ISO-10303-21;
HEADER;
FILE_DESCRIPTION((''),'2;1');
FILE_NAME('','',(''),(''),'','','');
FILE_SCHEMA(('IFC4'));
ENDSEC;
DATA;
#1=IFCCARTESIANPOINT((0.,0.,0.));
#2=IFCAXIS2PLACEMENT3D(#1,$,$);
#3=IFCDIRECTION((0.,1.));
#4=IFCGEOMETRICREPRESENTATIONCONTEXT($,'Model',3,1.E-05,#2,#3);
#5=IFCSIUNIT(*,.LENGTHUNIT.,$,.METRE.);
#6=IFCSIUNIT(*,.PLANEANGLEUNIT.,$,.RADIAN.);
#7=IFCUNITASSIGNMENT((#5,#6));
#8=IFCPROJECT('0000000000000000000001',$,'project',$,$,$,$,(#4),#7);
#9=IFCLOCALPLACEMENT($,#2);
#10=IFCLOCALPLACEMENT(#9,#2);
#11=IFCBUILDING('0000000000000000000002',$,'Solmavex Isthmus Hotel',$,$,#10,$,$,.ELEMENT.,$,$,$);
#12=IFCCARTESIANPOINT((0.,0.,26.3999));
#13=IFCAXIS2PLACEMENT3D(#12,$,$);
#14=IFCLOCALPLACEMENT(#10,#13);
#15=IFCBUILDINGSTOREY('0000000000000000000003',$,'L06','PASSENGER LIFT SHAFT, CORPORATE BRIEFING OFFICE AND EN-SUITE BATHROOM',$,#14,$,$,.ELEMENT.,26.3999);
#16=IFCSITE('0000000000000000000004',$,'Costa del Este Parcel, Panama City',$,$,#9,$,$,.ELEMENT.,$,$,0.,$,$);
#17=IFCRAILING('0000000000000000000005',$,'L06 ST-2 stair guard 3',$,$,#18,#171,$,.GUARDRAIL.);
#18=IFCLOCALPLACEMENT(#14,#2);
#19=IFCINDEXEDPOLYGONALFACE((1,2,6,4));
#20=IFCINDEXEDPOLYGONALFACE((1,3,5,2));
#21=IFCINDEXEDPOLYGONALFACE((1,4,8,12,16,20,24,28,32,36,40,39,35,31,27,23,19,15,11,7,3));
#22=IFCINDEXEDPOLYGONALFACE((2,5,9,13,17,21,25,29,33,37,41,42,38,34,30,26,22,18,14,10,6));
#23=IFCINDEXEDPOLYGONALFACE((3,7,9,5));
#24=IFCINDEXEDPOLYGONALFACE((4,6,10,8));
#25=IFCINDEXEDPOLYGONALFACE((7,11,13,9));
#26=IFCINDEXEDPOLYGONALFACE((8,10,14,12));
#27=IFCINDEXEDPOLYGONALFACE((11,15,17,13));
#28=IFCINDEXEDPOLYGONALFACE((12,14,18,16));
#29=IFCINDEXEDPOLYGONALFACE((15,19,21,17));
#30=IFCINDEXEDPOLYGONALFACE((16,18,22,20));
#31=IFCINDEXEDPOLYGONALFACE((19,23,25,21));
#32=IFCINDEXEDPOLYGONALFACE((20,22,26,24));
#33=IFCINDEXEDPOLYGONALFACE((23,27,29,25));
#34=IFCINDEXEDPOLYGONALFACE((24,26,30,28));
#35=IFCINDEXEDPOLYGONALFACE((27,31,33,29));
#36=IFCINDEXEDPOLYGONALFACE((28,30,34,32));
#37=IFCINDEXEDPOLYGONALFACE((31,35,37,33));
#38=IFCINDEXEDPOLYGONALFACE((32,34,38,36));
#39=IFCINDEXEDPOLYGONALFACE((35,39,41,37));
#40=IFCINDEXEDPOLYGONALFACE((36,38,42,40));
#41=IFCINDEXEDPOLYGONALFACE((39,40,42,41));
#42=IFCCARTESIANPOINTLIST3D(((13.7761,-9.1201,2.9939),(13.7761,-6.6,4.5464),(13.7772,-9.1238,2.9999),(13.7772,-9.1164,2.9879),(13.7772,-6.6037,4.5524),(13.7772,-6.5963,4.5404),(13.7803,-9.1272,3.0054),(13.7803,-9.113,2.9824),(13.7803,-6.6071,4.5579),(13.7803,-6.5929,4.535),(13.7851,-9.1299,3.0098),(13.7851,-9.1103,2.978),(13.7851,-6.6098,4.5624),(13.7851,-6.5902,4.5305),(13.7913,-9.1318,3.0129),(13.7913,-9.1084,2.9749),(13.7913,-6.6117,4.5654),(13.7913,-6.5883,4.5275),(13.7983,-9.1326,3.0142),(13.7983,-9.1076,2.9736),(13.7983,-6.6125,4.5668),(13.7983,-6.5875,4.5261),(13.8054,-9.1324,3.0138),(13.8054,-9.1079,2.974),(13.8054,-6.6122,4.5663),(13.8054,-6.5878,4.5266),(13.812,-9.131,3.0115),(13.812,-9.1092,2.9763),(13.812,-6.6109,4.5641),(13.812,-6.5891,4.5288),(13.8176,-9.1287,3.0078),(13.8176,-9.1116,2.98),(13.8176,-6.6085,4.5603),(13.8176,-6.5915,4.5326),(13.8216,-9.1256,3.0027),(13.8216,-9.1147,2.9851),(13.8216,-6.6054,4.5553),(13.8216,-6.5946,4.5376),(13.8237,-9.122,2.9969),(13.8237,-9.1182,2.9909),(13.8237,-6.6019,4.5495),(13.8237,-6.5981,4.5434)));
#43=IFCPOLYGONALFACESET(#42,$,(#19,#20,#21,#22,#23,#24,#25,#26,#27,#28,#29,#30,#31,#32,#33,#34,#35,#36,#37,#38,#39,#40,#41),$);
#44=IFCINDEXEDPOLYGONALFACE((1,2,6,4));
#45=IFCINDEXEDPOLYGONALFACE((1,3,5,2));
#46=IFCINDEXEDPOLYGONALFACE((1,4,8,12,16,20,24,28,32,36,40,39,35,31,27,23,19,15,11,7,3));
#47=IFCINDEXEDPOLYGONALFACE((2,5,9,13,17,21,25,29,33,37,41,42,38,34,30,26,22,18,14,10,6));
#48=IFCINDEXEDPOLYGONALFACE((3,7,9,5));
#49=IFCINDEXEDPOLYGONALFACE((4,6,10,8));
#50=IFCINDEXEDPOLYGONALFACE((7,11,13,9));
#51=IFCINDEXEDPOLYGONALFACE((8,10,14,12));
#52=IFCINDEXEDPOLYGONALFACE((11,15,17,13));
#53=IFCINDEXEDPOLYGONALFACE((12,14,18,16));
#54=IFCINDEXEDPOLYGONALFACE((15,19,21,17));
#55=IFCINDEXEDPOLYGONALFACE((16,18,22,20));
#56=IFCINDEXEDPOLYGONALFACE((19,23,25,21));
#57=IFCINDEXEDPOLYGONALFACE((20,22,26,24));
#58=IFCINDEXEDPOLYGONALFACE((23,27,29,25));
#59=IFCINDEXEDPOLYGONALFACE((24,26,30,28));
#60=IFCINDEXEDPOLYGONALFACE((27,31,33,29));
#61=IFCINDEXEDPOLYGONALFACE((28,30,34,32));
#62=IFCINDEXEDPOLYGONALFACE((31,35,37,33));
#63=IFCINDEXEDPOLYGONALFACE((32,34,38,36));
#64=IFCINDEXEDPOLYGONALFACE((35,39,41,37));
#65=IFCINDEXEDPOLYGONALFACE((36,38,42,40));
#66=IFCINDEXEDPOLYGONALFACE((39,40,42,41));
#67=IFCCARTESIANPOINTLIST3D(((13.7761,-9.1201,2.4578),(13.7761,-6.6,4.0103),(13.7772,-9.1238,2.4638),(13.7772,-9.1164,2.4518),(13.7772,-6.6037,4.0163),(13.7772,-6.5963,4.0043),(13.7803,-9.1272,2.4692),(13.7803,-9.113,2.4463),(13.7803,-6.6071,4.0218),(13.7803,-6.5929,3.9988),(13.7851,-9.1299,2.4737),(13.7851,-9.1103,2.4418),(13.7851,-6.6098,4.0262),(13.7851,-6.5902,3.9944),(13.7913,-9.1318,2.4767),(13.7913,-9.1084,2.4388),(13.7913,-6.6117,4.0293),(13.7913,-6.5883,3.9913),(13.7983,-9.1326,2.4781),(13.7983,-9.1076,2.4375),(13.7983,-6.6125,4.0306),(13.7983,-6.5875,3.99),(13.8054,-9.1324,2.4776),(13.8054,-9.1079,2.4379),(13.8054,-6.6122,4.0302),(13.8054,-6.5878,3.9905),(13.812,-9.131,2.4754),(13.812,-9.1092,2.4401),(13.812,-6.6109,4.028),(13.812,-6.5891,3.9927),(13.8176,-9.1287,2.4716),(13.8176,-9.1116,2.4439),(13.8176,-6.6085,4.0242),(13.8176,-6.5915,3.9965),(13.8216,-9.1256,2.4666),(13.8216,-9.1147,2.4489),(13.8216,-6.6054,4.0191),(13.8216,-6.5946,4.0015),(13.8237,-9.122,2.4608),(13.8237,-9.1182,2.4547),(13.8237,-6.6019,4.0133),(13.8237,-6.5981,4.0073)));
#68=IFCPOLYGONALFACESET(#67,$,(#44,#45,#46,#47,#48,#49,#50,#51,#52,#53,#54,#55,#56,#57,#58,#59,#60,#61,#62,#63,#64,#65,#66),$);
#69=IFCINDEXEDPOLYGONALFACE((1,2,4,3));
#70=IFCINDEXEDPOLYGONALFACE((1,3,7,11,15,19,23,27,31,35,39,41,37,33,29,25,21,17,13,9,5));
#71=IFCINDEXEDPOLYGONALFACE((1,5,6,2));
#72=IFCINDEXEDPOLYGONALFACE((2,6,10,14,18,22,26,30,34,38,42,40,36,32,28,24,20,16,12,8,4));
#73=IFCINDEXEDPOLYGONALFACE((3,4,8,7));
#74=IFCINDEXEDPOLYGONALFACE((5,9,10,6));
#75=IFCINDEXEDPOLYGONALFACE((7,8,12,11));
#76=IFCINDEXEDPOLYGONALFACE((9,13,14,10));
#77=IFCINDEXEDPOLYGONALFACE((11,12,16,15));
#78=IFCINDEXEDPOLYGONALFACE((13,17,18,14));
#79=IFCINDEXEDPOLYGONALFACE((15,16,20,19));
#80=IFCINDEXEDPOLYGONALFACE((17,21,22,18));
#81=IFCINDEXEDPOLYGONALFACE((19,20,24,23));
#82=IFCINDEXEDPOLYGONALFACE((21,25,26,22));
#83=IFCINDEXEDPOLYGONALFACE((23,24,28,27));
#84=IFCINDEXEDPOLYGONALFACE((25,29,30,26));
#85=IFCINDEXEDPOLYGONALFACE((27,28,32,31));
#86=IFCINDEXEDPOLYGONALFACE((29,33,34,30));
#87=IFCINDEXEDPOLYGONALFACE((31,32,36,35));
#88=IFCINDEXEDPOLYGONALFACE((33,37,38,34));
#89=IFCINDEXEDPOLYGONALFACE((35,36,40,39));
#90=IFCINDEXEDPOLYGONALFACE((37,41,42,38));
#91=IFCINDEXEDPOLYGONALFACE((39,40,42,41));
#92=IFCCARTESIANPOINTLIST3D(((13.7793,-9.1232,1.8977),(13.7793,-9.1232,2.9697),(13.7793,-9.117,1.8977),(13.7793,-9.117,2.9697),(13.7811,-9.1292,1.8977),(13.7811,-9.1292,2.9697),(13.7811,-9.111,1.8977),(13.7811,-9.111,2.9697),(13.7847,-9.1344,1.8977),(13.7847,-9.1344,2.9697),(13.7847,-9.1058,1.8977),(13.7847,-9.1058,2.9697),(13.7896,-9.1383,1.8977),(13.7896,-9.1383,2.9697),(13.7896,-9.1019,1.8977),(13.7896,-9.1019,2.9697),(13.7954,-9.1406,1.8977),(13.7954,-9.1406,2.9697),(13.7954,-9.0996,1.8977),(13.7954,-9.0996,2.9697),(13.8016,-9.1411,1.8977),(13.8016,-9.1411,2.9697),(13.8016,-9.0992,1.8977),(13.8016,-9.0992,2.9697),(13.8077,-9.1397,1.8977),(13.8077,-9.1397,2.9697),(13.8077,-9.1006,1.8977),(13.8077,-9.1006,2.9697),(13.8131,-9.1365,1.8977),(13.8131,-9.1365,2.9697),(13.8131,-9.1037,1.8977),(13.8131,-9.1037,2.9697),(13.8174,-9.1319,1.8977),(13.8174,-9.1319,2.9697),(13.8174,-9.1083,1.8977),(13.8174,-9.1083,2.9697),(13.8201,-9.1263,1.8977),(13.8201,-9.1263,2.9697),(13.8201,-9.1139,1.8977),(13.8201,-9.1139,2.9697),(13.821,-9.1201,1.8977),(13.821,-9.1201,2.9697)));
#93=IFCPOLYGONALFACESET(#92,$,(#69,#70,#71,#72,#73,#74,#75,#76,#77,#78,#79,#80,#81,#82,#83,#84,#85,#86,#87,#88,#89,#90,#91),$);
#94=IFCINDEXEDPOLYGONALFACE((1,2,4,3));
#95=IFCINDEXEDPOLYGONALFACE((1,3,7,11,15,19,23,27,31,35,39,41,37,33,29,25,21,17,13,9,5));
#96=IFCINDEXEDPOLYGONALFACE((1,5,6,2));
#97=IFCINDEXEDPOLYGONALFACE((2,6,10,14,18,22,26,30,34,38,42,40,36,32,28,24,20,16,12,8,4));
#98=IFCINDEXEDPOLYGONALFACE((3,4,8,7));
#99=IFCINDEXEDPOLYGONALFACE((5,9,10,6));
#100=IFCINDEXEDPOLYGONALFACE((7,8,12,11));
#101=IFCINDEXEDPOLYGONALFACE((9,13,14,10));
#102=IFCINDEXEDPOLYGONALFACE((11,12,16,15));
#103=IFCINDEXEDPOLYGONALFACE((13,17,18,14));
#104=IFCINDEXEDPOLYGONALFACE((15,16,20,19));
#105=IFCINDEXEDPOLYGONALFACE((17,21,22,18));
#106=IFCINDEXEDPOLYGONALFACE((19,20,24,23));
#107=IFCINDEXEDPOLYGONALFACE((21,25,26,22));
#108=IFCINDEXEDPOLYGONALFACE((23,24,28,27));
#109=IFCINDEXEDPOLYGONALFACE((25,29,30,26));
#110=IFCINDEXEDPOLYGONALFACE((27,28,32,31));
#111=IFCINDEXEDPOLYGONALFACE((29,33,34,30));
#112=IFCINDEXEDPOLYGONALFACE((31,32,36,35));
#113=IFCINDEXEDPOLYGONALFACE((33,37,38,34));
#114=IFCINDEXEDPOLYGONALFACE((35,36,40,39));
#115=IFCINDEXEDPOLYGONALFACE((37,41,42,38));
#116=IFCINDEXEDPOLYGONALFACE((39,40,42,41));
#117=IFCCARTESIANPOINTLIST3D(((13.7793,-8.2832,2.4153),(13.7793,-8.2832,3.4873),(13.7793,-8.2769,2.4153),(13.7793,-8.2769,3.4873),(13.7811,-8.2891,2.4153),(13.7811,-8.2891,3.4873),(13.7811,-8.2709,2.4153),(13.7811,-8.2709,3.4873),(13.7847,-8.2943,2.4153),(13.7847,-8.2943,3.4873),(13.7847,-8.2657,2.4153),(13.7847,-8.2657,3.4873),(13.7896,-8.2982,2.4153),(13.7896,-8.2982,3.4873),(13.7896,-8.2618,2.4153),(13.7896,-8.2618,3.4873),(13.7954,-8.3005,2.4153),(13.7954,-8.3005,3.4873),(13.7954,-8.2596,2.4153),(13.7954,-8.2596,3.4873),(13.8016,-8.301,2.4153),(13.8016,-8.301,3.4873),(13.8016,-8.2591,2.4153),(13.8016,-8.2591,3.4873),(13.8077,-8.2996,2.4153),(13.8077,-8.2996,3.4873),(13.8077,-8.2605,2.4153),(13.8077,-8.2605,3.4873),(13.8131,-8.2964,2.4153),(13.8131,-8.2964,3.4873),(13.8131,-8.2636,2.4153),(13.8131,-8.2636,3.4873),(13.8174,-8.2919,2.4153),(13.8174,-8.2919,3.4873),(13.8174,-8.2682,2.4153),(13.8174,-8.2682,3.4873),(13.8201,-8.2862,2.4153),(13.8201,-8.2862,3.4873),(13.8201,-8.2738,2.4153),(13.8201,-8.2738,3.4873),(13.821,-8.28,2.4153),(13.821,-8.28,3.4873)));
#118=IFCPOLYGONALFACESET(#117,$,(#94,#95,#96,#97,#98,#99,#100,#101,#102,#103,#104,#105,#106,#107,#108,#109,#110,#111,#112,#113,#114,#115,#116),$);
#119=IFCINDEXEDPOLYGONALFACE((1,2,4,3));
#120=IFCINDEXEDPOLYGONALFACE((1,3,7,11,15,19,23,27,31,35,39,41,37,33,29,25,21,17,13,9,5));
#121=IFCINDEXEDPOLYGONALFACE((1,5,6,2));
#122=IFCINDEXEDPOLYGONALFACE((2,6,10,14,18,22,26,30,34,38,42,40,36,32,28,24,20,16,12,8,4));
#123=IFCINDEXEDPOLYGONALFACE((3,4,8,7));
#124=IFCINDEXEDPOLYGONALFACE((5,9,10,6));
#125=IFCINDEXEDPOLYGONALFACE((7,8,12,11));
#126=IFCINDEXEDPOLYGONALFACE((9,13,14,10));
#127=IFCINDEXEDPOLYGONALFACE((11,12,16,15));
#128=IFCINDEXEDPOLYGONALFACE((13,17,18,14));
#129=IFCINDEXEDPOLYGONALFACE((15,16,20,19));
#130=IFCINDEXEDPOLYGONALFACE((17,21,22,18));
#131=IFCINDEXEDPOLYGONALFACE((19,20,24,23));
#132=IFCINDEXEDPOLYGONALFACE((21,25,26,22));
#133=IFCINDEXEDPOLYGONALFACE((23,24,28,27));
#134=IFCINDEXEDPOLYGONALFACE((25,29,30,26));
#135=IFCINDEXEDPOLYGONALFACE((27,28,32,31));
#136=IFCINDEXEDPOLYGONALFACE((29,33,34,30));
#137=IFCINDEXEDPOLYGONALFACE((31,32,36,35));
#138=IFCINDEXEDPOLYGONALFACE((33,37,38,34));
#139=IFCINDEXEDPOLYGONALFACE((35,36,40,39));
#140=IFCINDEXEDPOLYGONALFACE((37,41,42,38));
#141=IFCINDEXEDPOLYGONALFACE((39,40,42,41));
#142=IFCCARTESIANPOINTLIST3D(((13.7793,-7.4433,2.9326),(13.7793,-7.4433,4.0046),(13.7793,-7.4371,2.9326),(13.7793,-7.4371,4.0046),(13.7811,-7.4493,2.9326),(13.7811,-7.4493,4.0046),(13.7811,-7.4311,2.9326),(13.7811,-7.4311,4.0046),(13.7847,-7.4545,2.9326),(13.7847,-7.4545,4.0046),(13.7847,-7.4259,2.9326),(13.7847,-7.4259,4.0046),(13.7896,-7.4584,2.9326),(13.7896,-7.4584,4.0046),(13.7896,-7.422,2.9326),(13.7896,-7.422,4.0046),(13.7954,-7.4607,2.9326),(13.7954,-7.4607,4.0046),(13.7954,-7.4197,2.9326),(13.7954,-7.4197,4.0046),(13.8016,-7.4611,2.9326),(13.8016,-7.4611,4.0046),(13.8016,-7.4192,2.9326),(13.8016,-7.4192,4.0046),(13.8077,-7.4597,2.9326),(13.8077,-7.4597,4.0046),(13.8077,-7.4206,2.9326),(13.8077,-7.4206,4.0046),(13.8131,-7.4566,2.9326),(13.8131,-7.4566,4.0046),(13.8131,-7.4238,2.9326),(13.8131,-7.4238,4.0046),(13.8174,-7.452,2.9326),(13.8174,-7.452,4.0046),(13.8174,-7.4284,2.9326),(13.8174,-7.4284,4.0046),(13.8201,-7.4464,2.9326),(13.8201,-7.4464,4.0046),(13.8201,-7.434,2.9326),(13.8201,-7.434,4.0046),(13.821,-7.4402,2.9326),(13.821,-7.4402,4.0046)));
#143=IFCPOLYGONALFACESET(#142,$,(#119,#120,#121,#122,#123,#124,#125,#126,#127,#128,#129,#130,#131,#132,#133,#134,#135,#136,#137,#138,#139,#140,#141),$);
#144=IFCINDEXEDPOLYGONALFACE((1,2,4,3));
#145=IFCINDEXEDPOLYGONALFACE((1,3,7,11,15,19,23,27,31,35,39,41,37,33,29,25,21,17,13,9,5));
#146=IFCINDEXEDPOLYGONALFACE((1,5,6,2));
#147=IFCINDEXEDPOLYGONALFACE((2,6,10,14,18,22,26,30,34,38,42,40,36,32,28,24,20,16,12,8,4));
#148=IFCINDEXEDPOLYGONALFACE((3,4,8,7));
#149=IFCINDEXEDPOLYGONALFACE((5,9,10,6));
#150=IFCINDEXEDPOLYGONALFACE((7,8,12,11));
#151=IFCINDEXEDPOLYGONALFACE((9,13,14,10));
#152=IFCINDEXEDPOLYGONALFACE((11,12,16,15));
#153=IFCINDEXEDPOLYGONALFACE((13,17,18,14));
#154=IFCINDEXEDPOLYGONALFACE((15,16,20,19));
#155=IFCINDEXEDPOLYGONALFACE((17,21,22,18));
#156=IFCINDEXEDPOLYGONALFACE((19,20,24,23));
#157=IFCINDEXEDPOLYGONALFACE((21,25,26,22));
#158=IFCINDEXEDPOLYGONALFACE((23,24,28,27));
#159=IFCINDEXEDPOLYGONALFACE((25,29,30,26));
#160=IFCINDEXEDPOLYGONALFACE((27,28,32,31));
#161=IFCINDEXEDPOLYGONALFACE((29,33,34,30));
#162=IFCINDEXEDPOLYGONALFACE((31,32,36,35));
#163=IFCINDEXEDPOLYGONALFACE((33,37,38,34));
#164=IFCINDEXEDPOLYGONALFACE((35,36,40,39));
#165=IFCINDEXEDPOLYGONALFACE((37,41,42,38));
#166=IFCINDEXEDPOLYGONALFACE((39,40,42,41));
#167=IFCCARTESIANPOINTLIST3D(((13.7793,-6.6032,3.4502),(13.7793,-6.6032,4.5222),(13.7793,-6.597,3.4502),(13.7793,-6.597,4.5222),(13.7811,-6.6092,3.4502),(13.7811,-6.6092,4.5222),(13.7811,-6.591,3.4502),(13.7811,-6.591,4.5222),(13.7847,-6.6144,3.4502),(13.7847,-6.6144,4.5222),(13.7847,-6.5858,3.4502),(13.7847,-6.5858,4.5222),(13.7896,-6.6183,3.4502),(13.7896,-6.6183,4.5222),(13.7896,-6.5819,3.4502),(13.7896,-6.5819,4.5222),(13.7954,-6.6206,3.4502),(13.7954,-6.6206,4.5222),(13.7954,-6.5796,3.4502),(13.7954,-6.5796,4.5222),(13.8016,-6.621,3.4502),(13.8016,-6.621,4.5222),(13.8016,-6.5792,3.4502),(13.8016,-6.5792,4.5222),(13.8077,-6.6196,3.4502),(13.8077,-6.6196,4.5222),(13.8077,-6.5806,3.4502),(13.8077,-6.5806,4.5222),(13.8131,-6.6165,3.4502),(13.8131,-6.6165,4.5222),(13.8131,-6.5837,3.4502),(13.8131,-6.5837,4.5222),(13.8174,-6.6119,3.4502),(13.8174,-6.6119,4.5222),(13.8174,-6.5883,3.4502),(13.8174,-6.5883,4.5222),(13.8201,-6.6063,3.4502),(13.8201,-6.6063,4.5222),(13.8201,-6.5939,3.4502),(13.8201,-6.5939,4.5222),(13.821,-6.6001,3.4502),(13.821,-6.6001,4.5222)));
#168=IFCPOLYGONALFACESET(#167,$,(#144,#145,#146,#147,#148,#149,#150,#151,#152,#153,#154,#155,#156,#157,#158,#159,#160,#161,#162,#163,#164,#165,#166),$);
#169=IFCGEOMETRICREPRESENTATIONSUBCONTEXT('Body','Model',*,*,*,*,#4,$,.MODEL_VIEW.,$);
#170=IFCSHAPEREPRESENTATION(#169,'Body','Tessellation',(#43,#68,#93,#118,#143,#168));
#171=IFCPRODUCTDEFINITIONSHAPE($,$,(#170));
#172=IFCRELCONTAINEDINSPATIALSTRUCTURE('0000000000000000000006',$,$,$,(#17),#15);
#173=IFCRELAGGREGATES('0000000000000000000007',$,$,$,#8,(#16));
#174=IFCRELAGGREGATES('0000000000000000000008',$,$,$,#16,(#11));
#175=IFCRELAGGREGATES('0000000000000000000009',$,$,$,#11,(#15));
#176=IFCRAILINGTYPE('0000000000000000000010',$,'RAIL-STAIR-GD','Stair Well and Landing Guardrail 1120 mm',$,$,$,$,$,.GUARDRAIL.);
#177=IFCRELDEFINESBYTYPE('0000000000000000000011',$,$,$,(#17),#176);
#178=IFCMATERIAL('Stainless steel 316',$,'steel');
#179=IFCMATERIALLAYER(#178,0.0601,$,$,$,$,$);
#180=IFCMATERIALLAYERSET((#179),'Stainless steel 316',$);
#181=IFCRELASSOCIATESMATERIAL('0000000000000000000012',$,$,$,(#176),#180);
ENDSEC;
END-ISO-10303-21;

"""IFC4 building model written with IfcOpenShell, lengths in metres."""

from ifc_helpers import new_model, si_unit, direction, frame, origin, origin_2d, place, context, subcontext, project, spatial, circle, extrude, material, layer, layer_set, type_object, element, save


model = new_model("IFC4")

# Units and contexts
model_context = context("Model", 3, precision=1e-05, world=origin(), true_north=direction((0.0, 1.0)))
body_context = subcontext(model_context, "Body", "Model", "MODEL_VIEW")
ifc_project = project(units=[si_unit("LENGTHUNIT", "METRE"), si_unit("PLANEANGLEUNIT", "RADIAN")], contexts=[model_context])

# Site, building, storey
site_placement = place(None, origin())
site = spatial("IfcSite", under=ifc_project, at=site_placement, Name="Costa del Este Parcel, Panama City", CompositionType="ELEMENT", RefElevation=0.0)
building_placement = place(site_placement, origin())
building = spatial("IfcBuilding", under=site, at=building_placement, Name="Solmavex Isthmus Hotel", CompositionType="ELEMENT")
storey_placement = place(building_placement, frame((0.0, 0.0, 26.3999)))
storey = spatial("IfcBuildingStorey", under=building, at=storey_placement, Name="L06", Description="PASSENGER LIFT SHAFT, CORPORATE BRIEFING OFFICE AND EN-SUITE BATHROOM", CompositionType="ELEMENT", Elevation=26.3999)

# Railing
ifc_material_1 = material(Name="Stainless steel 316", Category="steel")
ifc_layer_1 = layer(ifc_material_1, 0.0601)
ifc_layer_set_1 = layer_set([ifc_layer_1], Name="Stainless steel 316")
railing_type_1 = type_object("IfcRailingType", Name="RAIL-STAIR-GD", Description="Stair Well and Landing Guardrail 1120 mm", PredefinedType="GUARDRAIL", material=ifc_layer_set_1)
railing_1_placement = place(storey_placement, frame((13.8, -9.1201, 1.8977)))
element("IfcRailing", 1, at=railing_1_placement, inside=storey, type_object=railing_type_1, Name="L06 ST-2 stair guard 3", PredefinedType="GUARDRAIL", context=body_context, shape_type="SweptSolid", body=[
    extrude(circle(Radius=0.0239, at=origin_2d()), frame((0.0, 0.0, 1.0962), z_axis=(0.0, 0.8514, 0.524516), x_axis=(-1.0, 0.0, 0.0)), (0.0, 0.0, 1.0), 2.96),
    extrude(circle(Radius=0.0239, at=origin_2d()), frame((0.0, 0.0, 0.5601), z_axis=(0.0, 0.8514, 0.524516), x_axis=(-1.0, 0.0, 0.0)), (0.0, 0.0, 1.0), 2.96),
    extrude(circle(Radius=0.021, at=origin_2d()), origin(), (0.0, 0.0, 1.0), 1.072),
    extrude(circle(Radius=0.021, at=origin_2d()), frame((0.0, 0.8401, 0.5176)), (0.0, 0.0, 1.0), 1.072),
    extrude(circle(Radius=0.021, at=origin_2d()), frame((0.0, 1.6799, 1.0349)), (0.0, 0.0, 1.0), 1.072),
    extrude(circle(Radius=0.021, at=origin_2d()), frame((0.0, 2.52, 1.5525)), (0.0, 0.0, 1.0), 1.072),
])

save(model, "model.ifc")
